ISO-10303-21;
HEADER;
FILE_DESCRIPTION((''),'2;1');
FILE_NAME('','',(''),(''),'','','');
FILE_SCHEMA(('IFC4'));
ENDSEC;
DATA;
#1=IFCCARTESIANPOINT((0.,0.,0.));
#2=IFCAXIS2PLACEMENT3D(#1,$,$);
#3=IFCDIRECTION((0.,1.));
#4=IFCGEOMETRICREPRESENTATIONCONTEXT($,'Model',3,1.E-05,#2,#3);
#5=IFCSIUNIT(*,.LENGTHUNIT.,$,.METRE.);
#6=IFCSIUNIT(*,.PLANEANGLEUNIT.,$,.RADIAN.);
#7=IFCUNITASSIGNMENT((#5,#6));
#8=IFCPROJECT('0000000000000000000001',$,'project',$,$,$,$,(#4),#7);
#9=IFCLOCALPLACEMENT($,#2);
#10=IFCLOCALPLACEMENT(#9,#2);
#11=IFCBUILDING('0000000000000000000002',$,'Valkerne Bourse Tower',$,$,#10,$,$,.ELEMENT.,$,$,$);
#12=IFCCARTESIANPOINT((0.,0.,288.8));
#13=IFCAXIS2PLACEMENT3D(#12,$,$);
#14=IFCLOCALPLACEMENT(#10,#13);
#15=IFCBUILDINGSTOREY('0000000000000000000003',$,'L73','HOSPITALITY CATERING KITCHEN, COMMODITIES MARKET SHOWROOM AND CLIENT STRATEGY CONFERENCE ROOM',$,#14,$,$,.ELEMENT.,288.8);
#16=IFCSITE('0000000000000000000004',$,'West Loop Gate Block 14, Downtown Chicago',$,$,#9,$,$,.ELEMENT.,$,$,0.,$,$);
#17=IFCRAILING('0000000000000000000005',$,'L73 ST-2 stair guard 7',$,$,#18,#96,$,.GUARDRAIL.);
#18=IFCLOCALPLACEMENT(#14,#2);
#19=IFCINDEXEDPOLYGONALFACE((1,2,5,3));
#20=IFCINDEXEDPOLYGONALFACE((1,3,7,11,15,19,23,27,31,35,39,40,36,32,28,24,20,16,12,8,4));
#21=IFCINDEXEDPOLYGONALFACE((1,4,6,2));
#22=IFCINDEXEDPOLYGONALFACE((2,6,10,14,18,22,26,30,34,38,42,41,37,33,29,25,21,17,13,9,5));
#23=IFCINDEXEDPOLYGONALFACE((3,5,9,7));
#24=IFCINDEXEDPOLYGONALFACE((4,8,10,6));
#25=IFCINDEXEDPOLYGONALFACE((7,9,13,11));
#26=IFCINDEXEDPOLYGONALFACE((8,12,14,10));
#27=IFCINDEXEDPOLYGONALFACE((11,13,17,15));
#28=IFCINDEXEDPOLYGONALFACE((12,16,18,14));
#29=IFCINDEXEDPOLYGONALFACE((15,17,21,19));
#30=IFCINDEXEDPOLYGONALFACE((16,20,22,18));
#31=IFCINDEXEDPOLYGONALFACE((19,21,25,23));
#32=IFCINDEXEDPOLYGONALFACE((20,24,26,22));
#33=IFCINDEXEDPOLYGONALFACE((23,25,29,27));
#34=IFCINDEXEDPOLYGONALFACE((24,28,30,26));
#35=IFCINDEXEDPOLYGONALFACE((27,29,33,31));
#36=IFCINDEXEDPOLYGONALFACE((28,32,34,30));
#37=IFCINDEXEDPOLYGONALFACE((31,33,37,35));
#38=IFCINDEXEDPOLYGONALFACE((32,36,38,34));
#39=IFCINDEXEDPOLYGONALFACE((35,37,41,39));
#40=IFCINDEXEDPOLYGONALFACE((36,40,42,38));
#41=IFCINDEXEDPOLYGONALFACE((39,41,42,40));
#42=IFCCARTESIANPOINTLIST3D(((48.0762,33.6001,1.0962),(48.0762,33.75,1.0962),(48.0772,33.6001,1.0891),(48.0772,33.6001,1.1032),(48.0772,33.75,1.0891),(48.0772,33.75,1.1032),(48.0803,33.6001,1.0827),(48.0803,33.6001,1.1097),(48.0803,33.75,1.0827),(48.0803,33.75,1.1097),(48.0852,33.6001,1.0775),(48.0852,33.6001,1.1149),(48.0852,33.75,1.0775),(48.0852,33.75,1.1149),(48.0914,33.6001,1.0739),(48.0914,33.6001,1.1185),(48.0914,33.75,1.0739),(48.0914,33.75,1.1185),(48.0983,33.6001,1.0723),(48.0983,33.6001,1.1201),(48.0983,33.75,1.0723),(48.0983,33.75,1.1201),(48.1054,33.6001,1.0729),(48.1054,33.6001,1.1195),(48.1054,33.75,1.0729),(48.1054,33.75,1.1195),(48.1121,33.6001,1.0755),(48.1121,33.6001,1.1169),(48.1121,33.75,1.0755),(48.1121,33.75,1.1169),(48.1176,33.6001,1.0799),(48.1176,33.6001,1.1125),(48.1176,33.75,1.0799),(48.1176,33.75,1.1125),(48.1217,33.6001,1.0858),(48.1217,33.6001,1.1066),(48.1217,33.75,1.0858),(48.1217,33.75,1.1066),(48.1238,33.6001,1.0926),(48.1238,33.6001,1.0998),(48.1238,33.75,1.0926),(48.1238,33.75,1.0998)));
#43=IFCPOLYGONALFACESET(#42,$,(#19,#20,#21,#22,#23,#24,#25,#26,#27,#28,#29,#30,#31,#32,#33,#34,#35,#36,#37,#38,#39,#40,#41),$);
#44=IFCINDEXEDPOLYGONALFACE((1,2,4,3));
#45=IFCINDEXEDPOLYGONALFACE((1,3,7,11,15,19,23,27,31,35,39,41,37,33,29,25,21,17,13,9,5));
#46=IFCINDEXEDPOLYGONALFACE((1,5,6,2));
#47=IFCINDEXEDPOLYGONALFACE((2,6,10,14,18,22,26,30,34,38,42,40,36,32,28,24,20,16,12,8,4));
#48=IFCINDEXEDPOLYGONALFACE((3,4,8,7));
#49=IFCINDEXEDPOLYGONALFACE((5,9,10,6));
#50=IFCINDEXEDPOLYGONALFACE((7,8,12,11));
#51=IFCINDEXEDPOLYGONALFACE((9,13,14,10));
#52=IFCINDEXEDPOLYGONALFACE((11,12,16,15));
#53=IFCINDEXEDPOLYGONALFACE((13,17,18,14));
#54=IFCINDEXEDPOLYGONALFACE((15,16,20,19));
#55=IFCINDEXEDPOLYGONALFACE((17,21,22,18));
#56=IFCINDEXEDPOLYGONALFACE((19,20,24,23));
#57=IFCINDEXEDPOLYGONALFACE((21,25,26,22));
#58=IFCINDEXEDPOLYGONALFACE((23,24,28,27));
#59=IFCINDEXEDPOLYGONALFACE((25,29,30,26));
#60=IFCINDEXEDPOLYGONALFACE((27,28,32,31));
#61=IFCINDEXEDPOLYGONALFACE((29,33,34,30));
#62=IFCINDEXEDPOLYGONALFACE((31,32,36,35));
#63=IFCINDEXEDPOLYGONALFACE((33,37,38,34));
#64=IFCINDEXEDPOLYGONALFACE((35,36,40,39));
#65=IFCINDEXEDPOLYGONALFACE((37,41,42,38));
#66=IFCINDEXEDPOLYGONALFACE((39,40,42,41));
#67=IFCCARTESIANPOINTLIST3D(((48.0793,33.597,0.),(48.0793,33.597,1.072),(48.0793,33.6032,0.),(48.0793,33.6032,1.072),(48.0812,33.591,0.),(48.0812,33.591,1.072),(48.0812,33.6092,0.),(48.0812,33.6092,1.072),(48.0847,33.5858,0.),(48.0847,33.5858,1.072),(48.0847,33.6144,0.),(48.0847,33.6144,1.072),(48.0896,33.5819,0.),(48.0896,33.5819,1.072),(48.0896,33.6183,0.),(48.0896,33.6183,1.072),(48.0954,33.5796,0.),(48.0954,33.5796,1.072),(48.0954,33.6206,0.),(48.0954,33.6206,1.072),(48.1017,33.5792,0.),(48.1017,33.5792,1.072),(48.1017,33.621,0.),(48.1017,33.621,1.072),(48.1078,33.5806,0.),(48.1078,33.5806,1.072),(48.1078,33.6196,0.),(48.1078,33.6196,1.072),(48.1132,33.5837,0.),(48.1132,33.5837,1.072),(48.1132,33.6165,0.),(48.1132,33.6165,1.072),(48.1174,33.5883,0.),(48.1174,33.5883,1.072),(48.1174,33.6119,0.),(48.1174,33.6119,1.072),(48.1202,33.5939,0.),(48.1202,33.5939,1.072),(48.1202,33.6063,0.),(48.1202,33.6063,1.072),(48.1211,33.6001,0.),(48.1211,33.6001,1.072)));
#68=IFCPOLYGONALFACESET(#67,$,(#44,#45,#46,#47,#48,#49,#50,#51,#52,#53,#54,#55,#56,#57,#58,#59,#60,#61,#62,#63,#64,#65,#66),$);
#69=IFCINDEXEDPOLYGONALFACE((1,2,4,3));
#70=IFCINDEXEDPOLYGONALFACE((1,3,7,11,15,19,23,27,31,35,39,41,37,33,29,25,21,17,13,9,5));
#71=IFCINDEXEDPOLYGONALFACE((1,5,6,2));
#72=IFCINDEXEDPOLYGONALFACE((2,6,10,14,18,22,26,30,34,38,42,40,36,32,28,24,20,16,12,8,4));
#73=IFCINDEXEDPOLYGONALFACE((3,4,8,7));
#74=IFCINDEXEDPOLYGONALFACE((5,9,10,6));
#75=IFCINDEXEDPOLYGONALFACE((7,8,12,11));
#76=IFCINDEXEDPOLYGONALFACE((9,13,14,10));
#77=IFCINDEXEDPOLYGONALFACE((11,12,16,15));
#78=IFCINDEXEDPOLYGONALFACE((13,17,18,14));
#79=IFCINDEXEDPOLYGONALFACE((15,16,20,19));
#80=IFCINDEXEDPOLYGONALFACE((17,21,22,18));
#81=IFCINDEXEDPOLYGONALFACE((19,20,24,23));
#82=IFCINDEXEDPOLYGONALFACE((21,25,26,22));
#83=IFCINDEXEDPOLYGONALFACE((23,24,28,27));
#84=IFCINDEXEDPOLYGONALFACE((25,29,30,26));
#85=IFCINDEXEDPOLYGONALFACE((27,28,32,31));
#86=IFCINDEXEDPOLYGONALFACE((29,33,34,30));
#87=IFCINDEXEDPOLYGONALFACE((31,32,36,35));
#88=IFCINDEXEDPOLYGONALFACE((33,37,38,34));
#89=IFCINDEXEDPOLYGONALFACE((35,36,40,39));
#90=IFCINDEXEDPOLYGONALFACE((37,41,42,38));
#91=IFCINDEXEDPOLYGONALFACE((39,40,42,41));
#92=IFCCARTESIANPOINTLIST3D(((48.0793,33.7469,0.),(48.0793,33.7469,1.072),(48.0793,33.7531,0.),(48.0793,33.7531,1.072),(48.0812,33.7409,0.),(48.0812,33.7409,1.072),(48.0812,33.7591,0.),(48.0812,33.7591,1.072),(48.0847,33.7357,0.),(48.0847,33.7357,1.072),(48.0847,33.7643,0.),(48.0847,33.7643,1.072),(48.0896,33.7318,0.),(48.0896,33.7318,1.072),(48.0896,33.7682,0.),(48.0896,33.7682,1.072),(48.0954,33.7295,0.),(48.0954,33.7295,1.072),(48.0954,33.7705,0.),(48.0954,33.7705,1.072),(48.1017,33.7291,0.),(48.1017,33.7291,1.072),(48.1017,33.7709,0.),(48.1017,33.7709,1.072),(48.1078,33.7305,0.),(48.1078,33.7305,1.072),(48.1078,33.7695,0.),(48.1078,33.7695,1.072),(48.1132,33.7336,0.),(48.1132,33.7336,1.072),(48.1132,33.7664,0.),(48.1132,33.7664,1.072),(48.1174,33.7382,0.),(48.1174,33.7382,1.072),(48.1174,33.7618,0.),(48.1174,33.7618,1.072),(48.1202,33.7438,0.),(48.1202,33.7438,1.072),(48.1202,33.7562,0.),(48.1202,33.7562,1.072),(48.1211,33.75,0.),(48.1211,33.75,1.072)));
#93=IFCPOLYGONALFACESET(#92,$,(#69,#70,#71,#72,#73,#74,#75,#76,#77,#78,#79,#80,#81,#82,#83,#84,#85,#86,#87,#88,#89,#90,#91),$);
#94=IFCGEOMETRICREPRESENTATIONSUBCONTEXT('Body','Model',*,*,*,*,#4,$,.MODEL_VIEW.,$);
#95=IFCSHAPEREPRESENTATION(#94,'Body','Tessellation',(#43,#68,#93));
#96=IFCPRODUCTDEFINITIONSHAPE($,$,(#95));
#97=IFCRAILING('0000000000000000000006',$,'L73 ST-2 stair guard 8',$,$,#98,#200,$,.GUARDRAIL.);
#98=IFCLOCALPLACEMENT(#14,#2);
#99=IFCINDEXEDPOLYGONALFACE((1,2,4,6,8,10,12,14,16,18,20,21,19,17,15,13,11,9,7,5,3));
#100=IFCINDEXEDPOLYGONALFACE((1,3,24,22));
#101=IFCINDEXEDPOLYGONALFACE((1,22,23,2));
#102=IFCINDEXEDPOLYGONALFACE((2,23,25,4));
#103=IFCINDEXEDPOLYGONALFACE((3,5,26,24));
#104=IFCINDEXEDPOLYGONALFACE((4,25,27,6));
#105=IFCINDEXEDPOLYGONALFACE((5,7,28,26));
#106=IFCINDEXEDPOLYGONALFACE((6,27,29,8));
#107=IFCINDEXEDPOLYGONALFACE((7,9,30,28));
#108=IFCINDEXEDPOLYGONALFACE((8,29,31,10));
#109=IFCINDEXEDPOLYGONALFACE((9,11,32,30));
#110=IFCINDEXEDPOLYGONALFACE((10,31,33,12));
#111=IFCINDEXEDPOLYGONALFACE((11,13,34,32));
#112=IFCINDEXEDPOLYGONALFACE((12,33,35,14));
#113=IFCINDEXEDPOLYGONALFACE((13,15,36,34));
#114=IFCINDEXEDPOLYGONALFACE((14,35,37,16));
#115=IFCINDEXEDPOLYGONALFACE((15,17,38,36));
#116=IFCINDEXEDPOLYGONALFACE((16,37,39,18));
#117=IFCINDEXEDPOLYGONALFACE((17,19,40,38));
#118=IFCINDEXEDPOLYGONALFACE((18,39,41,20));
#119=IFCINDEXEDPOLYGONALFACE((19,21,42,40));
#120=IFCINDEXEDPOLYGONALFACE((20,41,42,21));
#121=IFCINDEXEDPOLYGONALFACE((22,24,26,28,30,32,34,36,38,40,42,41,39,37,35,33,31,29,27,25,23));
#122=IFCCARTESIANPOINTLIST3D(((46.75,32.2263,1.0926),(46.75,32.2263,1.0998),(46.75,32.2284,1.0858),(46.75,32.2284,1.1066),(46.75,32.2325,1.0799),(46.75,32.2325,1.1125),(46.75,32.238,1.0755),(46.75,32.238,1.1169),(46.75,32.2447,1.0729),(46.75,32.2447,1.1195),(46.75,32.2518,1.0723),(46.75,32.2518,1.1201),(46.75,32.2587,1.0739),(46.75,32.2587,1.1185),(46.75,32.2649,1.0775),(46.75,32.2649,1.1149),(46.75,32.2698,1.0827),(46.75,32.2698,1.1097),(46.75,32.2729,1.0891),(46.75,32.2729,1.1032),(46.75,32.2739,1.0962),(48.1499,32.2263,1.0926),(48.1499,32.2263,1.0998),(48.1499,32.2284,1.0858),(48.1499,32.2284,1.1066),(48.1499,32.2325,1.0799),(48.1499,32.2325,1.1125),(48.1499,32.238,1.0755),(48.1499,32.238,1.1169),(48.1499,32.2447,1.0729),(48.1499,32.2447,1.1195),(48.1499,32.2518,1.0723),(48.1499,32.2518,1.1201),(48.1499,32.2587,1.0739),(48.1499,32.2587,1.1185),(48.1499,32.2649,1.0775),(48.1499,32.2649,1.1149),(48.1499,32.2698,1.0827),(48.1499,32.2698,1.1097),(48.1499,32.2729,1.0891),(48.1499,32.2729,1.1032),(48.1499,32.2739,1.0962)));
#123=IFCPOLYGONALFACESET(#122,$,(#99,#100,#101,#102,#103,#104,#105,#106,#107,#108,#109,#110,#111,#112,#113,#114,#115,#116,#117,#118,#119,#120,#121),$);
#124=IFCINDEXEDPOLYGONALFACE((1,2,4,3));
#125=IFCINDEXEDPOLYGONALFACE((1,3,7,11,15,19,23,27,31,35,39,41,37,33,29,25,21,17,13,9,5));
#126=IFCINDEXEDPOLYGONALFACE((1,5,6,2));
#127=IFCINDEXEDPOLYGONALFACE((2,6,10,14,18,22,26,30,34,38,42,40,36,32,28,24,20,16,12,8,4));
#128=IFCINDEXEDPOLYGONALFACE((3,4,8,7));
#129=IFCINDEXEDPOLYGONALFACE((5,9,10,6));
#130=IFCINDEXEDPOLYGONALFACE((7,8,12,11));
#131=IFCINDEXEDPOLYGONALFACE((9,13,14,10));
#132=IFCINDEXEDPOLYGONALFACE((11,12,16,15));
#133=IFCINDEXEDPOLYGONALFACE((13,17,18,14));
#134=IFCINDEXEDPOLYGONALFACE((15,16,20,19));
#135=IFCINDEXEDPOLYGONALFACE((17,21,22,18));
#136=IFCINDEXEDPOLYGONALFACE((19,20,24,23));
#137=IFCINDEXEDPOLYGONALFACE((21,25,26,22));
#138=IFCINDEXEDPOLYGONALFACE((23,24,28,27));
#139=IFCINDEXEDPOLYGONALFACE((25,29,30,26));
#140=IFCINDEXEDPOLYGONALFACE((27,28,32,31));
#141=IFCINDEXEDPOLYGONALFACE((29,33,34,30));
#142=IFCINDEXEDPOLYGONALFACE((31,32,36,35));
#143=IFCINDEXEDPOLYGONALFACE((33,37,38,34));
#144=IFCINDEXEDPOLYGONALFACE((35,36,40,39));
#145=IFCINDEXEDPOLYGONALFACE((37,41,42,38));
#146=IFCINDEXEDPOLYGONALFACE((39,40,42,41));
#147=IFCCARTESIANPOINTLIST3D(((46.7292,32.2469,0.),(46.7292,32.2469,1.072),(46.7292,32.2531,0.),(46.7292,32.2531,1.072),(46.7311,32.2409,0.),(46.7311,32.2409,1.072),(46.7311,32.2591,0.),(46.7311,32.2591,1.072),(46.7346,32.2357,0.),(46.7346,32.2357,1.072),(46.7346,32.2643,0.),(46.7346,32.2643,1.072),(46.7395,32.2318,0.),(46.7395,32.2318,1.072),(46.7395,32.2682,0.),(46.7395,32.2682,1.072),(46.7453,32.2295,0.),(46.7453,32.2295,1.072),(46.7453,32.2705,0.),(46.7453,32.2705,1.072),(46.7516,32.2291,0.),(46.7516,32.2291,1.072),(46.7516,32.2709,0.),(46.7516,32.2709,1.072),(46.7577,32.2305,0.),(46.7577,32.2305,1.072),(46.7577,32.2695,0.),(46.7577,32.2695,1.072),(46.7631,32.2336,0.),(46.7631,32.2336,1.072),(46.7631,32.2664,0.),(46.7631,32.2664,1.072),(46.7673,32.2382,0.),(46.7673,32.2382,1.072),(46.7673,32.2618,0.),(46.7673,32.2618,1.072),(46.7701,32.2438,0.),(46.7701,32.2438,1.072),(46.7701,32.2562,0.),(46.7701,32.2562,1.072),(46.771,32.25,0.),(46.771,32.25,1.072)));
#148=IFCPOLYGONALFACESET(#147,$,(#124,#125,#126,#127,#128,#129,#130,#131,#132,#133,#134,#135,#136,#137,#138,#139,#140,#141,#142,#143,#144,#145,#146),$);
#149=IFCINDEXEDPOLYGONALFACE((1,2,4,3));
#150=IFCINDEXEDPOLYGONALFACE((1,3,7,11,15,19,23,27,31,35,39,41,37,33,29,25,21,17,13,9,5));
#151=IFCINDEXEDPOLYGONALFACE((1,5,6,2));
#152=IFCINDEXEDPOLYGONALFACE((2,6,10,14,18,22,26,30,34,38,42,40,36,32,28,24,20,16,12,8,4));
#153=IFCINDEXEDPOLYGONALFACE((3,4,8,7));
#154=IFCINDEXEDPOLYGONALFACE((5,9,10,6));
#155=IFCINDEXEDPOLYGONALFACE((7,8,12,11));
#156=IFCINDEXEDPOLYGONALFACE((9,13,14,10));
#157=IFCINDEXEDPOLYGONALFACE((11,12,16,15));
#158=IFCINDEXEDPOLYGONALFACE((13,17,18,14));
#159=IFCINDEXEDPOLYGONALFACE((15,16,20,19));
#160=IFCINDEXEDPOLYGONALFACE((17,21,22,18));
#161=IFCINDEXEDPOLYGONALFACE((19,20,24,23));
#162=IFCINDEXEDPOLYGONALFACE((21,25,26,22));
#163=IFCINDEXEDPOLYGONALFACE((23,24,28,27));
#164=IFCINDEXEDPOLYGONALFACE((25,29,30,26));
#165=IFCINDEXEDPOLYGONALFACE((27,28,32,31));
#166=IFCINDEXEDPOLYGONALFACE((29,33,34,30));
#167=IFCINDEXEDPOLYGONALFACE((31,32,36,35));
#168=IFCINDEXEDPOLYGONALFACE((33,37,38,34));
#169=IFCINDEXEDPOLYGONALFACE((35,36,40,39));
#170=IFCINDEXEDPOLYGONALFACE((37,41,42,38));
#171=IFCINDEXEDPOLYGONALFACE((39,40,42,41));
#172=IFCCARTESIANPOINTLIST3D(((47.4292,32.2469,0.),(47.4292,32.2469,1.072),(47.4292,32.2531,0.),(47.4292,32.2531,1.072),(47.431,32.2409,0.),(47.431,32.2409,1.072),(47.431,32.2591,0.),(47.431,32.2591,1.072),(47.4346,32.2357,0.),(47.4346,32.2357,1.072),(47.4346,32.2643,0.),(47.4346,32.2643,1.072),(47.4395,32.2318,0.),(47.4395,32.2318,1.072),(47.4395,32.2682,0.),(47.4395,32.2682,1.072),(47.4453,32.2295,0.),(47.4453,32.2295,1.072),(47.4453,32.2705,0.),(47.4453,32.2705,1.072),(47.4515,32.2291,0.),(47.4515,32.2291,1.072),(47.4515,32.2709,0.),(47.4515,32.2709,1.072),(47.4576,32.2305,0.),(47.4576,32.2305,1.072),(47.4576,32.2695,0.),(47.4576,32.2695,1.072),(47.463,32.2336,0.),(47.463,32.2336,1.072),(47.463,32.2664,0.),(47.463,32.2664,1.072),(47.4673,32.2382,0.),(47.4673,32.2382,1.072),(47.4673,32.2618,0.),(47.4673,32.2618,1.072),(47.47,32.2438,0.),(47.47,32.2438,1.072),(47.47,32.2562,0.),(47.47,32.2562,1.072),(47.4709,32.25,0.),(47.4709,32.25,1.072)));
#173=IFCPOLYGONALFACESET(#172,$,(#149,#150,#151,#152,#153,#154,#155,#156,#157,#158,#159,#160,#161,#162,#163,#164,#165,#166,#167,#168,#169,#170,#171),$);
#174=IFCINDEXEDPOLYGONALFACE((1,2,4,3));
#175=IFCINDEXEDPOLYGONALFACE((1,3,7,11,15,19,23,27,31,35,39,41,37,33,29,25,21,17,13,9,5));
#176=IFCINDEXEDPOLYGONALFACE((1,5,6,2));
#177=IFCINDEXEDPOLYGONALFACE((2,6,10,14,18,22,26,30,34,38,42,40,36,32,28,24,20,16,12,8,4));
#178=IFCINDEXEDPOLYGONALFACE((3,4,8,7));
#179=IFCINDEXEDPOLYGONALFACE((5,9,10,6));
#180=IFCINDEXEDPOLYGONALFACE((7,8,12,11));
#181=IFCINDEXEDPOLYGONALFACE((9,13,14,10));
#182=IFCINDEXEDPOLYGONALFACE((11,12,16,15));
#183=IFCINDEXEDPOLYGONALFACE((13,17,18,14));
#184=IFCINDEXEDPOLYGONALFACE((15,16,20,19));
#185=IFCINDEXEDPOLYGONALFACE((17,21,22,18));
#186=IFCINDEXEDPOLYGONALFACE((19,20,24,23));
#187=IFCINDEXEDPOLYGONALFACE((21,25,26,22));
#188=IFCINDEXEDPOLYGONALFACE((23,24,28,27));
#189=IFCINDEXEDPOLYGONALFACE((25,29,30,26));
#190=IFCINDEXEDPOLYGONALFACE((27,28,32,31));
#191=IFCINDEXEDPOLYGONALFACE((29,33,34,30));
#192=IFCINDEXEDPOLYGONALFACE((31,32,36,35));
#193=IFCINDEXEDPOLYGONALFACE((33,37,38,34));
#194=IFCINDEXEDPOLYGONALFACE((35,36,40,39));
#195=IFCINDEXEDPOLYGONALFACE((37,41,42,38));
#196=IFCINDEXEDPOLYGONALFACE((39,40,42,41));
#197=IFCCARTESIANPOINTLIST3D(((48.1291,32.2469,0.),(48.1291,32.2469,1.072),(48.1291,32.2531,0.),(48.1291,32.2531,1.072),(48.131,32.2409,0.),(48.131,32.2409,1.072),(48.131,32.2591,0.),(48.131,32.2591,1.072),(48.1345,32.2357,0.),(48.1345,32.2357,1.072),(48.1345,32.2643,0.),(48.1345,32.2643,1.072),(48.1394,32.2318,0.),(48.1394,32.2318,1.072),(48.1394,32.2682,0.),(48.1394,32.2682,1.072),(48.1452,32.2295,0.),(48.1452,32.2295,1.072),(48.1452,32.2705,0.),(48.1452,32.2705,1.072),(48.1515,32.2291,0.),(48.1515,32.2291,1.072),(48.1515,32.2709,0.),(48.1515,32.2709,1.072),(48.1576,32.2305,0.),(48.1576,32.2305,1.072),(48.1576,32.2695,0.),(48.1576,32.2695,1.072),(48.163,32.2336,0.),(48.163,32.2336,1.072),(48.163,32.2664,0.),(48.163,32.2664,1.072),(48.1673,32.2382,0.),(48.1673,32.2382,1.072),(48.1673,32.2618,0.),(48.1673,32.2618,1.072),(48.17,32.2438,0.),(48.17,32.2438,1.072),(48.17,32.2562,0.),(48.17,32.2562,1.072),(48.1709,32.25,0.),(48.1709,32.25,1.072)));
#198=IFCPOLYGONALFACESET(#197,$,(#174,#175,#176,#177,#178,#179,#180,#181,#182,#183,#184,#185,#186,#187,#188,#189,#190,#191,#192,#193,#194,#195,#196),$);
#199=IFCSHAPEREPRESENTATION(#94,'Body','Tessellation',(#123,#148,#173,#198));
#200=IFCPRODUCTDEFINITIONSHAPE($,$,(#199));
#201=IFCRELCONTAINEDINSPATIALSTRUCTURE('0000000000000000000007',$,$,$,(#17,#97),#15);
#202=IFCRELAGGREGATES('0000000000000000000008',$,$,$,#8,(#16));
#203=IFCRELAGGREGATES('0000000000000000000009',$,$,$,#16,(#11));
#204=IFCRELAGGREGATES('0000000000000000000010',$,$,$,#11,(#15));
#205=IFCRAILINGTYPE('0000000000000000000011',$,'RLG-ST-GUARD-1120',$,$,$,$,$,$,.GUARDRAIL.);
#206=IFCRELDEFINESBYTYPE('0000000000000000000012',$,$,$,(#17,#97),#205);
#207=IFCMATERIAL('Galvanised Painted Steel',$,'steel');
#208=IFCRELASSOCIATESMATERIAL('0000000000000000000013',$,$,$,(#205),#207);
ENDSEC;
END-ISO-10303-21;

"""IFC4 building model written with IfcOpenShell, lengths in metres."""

from ifc_helpers import new_model, si_unit, direction, frame, origin, origin_2d, place, context, subcontext, project, spatial, circle, extrude, material, type_object, element, save


model = new_model("IFC4")

# Units and contexts
model_context = context("Model", 3, precision=1e-05, world=origin(), true_north=direction((0.0, 1.0)))
body_context = subcontext(model_context, "Body", "Model", "MODEL_VIEW")
ifc_project = project(units=[si_unit("LENGTHUNIT", "METRE"), si_unit("PLANEANGLEUNIT", "RADIAN")], contexts=[model_context])

# Site, building, storey
site_placement = place(None, origin())
site = spatial("IfcSite", under=ifc_project, at=site_placement, Name="West Loop Gate Block 14, Downtown Chicago", CompositionType="ELEMENT", RefElevation=0.0)
building_placement = place(site_placement, origin())
building = spatial("IfcBuilding", under=site, at=building_placement, Name="Valkerne Bourse Tower", CompositionType="ELEMENT")
storey_placement = place(building_placement, frame((0.0, 0.0, 288.8)))
storey = spatial("IfcBuildingStorey", under=building, at=storey_placement, Name="L73", Description="HOSPITALITY CATERING KITCHEN, COMMODITIES MARKET SHOWROOM AND CLIENT STRATEGY CONFERENCE ROOM", CompositionType="ELEMENT", Elevation=288.8)

# Shared definitions
ifc_material_1 = material(Name="Galvanised Painted Steel", Category="steel")

# Railings
railing_type_1 = type_object("IfcRailingType", Name="RLG-ST-GUARD-1120", PredefinedType="GUARDRAIL", material=ifc_material_1)
railing_1_placement = place(storey_placement, frame((48.1001, 33.6001, 0.0)))
element("IfcRailing", 1, at=railing_1_placement, inside=storey, type_object=railing_type_1, Name="L73 ST-2 stair guard 7", PredefinedType="GUARDRAIL", context=body_context, shape_type="SweptSolid", body=[
    extrude(circle(Radius=0.0239, at=origin_2d()), frame((0.0, 0.0, 1.0962), z_axis=(0.0, 1.0, 0.0), x_axis=(-1.0, 0.0, 0.0)), (0.0, 0.0, 1.0), 0.1499),
    extrude(circle(Radius=0.021, at=origin_2d()), origin(), (0.0, 0.0, 1.0), 1.072),
    extrude(circle(Radius=0.021, at=origin_2d()), frame((0.0, 0.1499, 0.0)), (0.0, 0.0, 1.0), 1.072),
])
for number, where, name in (
    (2, (46.75, 32.25, 0.0), "L73 ST-2 stair guard 8"),
):
    element("IfcRailing", number, at=place(storey_placement, frame(where)), inside=storey, type_object=railing_type_1, Name=name, PredefinedType="GUARDRAIL", context=body_context, shape_type="SweptSolid", body=[
        extrude(circle(Radius=0.0239, at=origin_2d()), frame((0.0, 0.0, 1.0962), z_axis=(1.0, 0.0, 0.0), x_axis=(0.0, 1.0, 0.0)), (0.0, 0.0, 1.0), 1.3999),
        extrude(circle(Radius=0.021, at=origin_2d()), origin(), (0.0, 0.0, 1.0), 1.072),
        extrude(circle(Radius=0.021, at=origin_2d()), frame((0.7, 0.0, 0.0)), (0.0, 0.0, 1.0), 1.072),
        extrude(circle(Radius=0.021, at=origin_2d()), frame((1.3999, 0.0, 0.0)), (0.0, 0.0, 1.0), 1.072),
    ])

save(model, "model.ifc")
